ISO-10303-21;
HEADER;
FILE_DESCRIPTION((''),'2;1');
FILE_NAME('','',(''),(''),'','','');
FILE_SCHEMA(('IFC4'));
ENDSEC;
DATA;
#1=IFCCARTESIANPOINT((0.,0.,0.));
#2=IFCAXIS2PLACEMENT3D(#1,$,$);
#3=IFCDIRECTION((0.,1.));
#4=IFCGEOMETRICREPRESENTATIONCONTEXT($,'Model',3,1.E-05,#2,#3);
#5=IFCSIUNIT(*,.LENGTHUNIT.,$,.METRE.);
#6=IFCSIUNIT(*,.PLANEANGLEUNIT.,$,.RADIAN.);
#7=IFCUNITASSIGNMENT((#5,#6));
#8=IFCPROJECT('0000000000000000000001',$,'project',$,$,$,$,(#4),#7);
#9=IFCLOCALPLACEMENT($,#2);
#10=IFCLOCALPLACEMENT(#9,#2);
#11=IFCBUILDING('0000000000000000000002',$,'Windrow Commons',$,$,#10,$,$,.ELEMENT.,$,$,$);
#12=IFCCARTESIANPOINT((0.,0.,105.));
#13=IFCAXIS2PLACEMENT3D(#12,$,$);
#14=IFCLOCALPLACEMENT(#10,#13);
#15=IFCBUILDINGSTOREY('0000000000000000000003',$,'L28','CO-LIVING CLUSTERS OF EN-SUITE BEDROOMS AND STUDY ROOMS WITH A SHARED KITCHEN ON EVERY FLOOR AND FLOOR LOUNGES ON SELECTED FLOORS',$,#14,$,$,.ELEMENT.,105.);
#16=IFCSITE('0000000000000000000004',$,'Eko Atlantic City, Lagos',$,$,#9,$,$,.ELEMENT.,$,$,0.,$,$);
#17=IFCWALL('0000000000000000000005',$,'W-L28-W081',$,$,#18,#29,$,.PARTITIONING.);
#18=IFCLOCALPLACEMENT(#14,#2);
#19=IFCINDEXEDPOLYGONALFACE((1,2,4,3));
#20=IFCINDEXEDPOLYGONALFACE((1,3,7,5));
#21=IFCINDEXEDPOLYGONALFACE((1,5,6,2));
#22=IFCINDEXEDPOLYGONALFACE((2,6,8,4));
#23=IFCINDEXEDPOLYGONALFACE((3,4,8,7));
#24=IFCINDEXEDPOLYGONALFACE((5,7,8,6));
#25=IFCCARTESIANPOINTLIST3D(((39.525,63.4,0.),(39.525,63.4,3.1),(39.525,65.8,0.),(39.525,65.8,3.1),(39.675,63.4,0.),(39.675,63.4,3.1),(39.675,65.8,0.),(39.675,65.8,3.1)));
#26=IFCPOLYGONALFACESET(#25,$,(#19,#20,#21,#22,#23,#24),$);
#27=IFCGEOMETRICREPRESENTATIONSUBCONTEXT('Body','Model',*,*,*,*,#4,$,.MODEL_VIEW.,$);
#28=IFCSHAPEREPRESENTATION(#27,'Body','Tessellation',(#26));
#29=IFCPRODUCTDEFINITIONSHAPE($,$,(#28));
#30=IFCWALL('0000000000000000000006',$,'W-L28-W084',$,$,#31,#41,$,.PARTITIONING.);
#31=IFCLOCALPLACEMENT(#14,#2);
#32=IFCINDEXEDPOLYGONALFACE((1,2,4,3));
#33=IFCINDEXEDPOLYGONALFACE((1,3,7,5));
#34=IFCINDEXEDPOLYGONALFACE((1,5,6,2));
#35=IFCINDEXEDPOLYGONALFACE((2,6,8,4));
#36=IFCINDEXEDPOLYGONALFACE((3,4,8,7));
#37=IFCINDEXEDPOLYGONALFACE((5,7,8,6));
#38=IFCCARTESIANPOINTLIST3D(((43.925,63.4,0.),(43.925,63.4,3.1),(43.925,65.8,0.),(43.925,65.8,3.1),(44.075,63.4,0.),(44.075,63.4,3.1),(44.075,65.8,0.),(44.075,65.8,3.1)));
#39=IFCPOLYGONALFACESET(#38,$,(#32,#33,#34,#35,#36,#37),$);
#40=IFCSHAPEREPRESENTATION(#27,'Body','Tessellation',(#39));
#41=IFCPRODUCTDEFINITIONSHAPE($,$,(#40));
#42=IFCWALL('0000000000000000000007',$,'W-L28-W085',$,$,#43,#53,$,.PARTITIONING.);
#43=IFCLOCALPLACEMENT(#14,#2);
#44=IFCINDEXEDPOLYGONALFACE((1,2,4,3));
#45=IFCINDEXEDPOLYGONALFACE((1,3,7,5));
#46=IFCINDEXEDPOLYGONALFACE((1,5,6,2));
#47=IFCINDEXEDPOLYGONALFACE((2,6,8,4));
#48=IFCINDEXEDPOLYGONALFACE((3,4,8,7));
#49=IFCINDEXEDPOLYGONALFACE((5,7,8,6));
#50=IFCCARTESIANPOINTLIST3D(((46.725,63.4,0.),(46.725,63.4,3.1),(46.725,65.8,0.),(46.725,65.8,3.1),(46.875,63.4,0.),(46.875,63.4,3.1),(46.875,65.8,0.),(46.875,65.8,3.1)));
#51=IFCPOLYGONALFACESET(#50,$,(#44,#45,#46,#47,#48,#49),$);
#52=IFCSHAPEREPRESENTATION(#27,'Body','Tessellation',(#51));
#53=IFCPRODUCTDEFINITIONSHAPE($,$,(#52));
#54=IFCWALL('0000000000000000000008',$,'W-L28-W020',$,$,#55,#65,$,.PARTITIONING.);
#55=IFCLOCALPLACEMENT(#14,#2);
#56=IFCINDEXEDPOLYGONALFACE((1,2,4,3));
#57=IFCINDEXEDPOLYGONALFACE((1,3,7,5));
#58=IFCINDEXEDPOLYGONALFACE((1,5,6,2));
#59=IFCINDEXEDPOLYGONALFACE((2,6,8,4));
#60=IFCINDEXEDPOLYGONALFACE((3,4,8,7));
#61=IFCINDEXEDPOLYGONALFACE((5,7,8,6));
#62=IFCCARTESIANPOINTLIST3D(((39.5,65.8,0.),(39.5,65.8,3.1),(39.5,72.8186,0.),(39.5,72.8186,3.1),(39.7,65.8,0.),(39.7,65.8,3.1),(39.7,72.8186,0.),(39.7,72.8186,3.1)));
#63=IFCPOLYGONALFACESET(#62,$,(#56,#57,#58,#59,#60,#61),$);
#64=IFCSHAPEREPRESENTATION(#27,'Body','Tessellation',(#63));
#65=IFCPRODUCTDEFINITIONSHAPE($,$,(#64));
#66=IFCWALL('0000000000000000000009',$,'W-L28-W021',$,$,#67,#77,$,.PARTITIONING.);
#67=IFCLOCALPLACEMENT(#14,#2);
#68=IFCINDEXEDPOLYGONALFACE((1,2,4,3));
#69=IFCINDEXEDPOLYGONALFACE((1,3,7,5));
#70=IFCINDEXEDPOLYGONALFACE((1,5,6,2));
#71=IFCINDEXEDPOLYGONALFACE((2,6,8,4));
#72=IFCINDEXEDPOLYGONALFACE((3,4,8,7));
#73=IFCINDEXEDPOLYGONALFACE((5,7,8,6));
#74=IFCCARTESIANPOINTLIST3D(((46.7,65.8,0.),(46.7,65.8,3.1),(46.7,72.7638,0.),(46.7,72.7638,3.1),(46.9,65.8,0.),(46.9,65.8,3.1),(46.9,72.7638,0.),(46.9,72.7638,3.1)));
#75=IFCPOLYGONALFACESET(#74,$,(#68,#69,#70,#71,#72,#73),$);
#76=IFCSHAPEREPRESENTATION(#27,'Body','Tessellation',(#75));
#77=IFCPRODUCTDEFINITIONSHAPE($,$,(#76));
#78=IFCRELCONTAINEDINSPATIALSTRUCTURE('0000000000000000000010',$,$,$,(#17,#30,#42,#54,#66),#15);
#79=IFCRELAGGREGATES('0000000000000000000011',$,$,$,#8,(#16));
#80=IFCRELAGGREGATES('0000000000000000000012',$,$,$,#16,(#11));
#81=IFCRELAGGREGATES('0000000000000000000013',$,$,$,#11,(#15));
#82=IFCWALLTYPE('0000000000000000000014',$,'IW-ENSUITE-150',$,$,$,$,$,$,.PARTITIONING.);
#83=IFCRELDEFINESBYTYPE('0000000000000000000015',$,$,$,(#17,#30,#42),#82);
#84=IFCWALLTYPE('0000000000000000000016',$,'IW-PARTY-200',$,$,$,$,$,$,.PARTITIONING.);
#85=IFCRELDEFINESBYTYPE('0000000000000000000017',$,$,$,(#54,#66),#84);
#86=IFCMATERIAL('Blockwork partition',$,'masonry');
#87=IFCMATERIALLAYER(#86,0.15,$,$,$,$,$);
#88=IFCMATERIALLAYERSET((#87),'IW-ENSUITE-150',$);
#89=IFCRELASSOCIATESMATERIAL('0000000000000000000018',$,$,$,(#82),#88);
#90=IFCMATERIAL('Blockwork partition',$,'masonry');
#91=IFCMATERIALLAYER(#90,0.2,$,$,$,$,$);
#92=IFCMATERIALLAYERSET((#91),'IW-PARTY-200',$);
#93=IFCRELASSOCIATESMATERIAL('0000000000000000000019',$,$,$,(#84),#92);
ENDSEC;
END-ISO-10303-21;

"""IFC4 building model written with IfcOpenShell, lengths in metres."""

from ifc_helpers import new_model, si_unit, direction, frame, frame_2d, origin, place, context, subcontext, project, spatial, rectangle, extrude, material, layer, layer_set, type_object, element, save


model = new_model("IFC4")

# Units and contexts
model_context = context("Model", 3, precision=1e-05, world=origin(), true_north=direction((0.0, 1.0)))
body_context = subcontext(model_context, "Body", "Model", "MODEL_VIEW")
ifc_project = project(units=[si_unit("LENGTHUNIT", "METRE"), si_unit("PLANEANGLEUNIT", "RADIAN")], contexts=[model_context])

# Site, building, storey
site_placement = place(None, origin())
site = spatial("IfcSite", under=ifc_project, at=site_placement, Name="Eko Atlantic City, Lagos", CompositionType="ELEMENT", RefElevation=0.0)
building_placement = place(site_placement, origin())
building = spatial("IfcBuilding", under=site, at=building_placement, Name="Windrow Commons", CompositionType="ELEMENT")
storey_placement = place(building_placement, frame((0.0, 0.0, 105.0)))
storey = spatial("IfcBuildingStorey", under=building, at=storey_placement, Name="L28", Description="CO-LIVING CLUSTERS OF EN-SUITE BEDROOMS AND STUDY ROOMS WITH A SHARED KITCHEN ON EVERY FLOOR AND FLOOR LOUNGES ON SELECTED FLOORS", CompositionType="ELEMENT", Elevation=105.0)

# Shared definitions
ifc_material_1 = material(Name="Blockwork partition", Category="masonry")
ifc_layer_1 = layer(ifc_material_1, 0.15)
ifc_layer_set_1 = layer_set([ifc_layer_1], Name="IW-ENSUITE-150")
wall_type_1 = type_object("IfcWallType", Name="IW-ENSUITE-150", PredefinedType="PARTITIONING", material=ifc_layer_set_1)

# Walls
for number, where, z_axis, x_axis, name in (
    (1, (39.6, 63.4, 0.0), (0.0, 0.0, 1.0), (0.0, 1.0, 0.0), "W-L28-W081"),
    (2, (44.0, 63.4, 0.0), (0.0, 0.0, 1.0), (0.0, 1.0, 0.0), "W-L28-W084"),
    (3, (46.8, 63.4, 0.0), (0.0, 0.0, 1.0), (0.0, 1.0, 0.0), "W-L28-W085"),
):
    element("IfcWall", number, at=place(storey_placement, frame(where, z_axis=z_axis, x_axis=x_axis)), inside=storey, type_object=wall_type_1, Name=name, PredefinedType="PARTITIONING", context=body_context, shape_type="SweptSolid", body=[
        extrude(rectangle(XDim=2.4, YDim=0.15, at=frame_2d((1.2, 0.0))), origin(), (0.0, 0.0, 1.0), 3.1),
    ])
ifc_material_2 = material(Name="Blockwork partition", Category="masonry")
ifc_layer_2 = layer(ifc_material_2, 0.2)
ifc_layer_set_2 = layer_set([ifc_layer_2], Name="IW-PARTY-200")
wall_type_2 = type_object("IfcWallType", Name="IW-PARTY-200", PredefinedType="PARTITIONING", material=ifc_layer_set_2)
wall_1_placement = place(storey_placement, frame((39.6, 65.8, 0.0), z_axis=(0.0, 0.0, 1.0), x_axis=(0.0, 1.0, 0.0)))
element("IfcWall", 4, at=wall_1_placement, inside=storey, type_object=wall_type_2, Name="W-L28-W020", PredefinedType="PARTITIONING", context=body_context, shape_type="SweptSolid", body=[
    extrude(rectangle(XDim=7.0187, YDim=0.2, at=frame_2d((3.5093, 0.0))), origin(), (0.0, 0.0, 1.0), 3.1),
])
wall_2_placement = place(storey_placement, frame((46.8, 65.8, 0.0), z_axis=(0.0, 0.0, 1.0), x_axis=(0.0, 1.0, 0.0)))
element("IfcWall", 5, at=wall_2_placement, inside=storey, type_object=wall_type_2, Name="W-L28-W021", PredefinedType="PARTITIONING", context=body_context, shape_type="SweptSolid", body=[
    extrude(rectangle(XDim=6.9637, YDim=0.2, at=frame_2d((3.4819, 0.0))), origin(), (0.0, 0.0, 1.0), 3.1),
])

save(model, "model.ifc")
